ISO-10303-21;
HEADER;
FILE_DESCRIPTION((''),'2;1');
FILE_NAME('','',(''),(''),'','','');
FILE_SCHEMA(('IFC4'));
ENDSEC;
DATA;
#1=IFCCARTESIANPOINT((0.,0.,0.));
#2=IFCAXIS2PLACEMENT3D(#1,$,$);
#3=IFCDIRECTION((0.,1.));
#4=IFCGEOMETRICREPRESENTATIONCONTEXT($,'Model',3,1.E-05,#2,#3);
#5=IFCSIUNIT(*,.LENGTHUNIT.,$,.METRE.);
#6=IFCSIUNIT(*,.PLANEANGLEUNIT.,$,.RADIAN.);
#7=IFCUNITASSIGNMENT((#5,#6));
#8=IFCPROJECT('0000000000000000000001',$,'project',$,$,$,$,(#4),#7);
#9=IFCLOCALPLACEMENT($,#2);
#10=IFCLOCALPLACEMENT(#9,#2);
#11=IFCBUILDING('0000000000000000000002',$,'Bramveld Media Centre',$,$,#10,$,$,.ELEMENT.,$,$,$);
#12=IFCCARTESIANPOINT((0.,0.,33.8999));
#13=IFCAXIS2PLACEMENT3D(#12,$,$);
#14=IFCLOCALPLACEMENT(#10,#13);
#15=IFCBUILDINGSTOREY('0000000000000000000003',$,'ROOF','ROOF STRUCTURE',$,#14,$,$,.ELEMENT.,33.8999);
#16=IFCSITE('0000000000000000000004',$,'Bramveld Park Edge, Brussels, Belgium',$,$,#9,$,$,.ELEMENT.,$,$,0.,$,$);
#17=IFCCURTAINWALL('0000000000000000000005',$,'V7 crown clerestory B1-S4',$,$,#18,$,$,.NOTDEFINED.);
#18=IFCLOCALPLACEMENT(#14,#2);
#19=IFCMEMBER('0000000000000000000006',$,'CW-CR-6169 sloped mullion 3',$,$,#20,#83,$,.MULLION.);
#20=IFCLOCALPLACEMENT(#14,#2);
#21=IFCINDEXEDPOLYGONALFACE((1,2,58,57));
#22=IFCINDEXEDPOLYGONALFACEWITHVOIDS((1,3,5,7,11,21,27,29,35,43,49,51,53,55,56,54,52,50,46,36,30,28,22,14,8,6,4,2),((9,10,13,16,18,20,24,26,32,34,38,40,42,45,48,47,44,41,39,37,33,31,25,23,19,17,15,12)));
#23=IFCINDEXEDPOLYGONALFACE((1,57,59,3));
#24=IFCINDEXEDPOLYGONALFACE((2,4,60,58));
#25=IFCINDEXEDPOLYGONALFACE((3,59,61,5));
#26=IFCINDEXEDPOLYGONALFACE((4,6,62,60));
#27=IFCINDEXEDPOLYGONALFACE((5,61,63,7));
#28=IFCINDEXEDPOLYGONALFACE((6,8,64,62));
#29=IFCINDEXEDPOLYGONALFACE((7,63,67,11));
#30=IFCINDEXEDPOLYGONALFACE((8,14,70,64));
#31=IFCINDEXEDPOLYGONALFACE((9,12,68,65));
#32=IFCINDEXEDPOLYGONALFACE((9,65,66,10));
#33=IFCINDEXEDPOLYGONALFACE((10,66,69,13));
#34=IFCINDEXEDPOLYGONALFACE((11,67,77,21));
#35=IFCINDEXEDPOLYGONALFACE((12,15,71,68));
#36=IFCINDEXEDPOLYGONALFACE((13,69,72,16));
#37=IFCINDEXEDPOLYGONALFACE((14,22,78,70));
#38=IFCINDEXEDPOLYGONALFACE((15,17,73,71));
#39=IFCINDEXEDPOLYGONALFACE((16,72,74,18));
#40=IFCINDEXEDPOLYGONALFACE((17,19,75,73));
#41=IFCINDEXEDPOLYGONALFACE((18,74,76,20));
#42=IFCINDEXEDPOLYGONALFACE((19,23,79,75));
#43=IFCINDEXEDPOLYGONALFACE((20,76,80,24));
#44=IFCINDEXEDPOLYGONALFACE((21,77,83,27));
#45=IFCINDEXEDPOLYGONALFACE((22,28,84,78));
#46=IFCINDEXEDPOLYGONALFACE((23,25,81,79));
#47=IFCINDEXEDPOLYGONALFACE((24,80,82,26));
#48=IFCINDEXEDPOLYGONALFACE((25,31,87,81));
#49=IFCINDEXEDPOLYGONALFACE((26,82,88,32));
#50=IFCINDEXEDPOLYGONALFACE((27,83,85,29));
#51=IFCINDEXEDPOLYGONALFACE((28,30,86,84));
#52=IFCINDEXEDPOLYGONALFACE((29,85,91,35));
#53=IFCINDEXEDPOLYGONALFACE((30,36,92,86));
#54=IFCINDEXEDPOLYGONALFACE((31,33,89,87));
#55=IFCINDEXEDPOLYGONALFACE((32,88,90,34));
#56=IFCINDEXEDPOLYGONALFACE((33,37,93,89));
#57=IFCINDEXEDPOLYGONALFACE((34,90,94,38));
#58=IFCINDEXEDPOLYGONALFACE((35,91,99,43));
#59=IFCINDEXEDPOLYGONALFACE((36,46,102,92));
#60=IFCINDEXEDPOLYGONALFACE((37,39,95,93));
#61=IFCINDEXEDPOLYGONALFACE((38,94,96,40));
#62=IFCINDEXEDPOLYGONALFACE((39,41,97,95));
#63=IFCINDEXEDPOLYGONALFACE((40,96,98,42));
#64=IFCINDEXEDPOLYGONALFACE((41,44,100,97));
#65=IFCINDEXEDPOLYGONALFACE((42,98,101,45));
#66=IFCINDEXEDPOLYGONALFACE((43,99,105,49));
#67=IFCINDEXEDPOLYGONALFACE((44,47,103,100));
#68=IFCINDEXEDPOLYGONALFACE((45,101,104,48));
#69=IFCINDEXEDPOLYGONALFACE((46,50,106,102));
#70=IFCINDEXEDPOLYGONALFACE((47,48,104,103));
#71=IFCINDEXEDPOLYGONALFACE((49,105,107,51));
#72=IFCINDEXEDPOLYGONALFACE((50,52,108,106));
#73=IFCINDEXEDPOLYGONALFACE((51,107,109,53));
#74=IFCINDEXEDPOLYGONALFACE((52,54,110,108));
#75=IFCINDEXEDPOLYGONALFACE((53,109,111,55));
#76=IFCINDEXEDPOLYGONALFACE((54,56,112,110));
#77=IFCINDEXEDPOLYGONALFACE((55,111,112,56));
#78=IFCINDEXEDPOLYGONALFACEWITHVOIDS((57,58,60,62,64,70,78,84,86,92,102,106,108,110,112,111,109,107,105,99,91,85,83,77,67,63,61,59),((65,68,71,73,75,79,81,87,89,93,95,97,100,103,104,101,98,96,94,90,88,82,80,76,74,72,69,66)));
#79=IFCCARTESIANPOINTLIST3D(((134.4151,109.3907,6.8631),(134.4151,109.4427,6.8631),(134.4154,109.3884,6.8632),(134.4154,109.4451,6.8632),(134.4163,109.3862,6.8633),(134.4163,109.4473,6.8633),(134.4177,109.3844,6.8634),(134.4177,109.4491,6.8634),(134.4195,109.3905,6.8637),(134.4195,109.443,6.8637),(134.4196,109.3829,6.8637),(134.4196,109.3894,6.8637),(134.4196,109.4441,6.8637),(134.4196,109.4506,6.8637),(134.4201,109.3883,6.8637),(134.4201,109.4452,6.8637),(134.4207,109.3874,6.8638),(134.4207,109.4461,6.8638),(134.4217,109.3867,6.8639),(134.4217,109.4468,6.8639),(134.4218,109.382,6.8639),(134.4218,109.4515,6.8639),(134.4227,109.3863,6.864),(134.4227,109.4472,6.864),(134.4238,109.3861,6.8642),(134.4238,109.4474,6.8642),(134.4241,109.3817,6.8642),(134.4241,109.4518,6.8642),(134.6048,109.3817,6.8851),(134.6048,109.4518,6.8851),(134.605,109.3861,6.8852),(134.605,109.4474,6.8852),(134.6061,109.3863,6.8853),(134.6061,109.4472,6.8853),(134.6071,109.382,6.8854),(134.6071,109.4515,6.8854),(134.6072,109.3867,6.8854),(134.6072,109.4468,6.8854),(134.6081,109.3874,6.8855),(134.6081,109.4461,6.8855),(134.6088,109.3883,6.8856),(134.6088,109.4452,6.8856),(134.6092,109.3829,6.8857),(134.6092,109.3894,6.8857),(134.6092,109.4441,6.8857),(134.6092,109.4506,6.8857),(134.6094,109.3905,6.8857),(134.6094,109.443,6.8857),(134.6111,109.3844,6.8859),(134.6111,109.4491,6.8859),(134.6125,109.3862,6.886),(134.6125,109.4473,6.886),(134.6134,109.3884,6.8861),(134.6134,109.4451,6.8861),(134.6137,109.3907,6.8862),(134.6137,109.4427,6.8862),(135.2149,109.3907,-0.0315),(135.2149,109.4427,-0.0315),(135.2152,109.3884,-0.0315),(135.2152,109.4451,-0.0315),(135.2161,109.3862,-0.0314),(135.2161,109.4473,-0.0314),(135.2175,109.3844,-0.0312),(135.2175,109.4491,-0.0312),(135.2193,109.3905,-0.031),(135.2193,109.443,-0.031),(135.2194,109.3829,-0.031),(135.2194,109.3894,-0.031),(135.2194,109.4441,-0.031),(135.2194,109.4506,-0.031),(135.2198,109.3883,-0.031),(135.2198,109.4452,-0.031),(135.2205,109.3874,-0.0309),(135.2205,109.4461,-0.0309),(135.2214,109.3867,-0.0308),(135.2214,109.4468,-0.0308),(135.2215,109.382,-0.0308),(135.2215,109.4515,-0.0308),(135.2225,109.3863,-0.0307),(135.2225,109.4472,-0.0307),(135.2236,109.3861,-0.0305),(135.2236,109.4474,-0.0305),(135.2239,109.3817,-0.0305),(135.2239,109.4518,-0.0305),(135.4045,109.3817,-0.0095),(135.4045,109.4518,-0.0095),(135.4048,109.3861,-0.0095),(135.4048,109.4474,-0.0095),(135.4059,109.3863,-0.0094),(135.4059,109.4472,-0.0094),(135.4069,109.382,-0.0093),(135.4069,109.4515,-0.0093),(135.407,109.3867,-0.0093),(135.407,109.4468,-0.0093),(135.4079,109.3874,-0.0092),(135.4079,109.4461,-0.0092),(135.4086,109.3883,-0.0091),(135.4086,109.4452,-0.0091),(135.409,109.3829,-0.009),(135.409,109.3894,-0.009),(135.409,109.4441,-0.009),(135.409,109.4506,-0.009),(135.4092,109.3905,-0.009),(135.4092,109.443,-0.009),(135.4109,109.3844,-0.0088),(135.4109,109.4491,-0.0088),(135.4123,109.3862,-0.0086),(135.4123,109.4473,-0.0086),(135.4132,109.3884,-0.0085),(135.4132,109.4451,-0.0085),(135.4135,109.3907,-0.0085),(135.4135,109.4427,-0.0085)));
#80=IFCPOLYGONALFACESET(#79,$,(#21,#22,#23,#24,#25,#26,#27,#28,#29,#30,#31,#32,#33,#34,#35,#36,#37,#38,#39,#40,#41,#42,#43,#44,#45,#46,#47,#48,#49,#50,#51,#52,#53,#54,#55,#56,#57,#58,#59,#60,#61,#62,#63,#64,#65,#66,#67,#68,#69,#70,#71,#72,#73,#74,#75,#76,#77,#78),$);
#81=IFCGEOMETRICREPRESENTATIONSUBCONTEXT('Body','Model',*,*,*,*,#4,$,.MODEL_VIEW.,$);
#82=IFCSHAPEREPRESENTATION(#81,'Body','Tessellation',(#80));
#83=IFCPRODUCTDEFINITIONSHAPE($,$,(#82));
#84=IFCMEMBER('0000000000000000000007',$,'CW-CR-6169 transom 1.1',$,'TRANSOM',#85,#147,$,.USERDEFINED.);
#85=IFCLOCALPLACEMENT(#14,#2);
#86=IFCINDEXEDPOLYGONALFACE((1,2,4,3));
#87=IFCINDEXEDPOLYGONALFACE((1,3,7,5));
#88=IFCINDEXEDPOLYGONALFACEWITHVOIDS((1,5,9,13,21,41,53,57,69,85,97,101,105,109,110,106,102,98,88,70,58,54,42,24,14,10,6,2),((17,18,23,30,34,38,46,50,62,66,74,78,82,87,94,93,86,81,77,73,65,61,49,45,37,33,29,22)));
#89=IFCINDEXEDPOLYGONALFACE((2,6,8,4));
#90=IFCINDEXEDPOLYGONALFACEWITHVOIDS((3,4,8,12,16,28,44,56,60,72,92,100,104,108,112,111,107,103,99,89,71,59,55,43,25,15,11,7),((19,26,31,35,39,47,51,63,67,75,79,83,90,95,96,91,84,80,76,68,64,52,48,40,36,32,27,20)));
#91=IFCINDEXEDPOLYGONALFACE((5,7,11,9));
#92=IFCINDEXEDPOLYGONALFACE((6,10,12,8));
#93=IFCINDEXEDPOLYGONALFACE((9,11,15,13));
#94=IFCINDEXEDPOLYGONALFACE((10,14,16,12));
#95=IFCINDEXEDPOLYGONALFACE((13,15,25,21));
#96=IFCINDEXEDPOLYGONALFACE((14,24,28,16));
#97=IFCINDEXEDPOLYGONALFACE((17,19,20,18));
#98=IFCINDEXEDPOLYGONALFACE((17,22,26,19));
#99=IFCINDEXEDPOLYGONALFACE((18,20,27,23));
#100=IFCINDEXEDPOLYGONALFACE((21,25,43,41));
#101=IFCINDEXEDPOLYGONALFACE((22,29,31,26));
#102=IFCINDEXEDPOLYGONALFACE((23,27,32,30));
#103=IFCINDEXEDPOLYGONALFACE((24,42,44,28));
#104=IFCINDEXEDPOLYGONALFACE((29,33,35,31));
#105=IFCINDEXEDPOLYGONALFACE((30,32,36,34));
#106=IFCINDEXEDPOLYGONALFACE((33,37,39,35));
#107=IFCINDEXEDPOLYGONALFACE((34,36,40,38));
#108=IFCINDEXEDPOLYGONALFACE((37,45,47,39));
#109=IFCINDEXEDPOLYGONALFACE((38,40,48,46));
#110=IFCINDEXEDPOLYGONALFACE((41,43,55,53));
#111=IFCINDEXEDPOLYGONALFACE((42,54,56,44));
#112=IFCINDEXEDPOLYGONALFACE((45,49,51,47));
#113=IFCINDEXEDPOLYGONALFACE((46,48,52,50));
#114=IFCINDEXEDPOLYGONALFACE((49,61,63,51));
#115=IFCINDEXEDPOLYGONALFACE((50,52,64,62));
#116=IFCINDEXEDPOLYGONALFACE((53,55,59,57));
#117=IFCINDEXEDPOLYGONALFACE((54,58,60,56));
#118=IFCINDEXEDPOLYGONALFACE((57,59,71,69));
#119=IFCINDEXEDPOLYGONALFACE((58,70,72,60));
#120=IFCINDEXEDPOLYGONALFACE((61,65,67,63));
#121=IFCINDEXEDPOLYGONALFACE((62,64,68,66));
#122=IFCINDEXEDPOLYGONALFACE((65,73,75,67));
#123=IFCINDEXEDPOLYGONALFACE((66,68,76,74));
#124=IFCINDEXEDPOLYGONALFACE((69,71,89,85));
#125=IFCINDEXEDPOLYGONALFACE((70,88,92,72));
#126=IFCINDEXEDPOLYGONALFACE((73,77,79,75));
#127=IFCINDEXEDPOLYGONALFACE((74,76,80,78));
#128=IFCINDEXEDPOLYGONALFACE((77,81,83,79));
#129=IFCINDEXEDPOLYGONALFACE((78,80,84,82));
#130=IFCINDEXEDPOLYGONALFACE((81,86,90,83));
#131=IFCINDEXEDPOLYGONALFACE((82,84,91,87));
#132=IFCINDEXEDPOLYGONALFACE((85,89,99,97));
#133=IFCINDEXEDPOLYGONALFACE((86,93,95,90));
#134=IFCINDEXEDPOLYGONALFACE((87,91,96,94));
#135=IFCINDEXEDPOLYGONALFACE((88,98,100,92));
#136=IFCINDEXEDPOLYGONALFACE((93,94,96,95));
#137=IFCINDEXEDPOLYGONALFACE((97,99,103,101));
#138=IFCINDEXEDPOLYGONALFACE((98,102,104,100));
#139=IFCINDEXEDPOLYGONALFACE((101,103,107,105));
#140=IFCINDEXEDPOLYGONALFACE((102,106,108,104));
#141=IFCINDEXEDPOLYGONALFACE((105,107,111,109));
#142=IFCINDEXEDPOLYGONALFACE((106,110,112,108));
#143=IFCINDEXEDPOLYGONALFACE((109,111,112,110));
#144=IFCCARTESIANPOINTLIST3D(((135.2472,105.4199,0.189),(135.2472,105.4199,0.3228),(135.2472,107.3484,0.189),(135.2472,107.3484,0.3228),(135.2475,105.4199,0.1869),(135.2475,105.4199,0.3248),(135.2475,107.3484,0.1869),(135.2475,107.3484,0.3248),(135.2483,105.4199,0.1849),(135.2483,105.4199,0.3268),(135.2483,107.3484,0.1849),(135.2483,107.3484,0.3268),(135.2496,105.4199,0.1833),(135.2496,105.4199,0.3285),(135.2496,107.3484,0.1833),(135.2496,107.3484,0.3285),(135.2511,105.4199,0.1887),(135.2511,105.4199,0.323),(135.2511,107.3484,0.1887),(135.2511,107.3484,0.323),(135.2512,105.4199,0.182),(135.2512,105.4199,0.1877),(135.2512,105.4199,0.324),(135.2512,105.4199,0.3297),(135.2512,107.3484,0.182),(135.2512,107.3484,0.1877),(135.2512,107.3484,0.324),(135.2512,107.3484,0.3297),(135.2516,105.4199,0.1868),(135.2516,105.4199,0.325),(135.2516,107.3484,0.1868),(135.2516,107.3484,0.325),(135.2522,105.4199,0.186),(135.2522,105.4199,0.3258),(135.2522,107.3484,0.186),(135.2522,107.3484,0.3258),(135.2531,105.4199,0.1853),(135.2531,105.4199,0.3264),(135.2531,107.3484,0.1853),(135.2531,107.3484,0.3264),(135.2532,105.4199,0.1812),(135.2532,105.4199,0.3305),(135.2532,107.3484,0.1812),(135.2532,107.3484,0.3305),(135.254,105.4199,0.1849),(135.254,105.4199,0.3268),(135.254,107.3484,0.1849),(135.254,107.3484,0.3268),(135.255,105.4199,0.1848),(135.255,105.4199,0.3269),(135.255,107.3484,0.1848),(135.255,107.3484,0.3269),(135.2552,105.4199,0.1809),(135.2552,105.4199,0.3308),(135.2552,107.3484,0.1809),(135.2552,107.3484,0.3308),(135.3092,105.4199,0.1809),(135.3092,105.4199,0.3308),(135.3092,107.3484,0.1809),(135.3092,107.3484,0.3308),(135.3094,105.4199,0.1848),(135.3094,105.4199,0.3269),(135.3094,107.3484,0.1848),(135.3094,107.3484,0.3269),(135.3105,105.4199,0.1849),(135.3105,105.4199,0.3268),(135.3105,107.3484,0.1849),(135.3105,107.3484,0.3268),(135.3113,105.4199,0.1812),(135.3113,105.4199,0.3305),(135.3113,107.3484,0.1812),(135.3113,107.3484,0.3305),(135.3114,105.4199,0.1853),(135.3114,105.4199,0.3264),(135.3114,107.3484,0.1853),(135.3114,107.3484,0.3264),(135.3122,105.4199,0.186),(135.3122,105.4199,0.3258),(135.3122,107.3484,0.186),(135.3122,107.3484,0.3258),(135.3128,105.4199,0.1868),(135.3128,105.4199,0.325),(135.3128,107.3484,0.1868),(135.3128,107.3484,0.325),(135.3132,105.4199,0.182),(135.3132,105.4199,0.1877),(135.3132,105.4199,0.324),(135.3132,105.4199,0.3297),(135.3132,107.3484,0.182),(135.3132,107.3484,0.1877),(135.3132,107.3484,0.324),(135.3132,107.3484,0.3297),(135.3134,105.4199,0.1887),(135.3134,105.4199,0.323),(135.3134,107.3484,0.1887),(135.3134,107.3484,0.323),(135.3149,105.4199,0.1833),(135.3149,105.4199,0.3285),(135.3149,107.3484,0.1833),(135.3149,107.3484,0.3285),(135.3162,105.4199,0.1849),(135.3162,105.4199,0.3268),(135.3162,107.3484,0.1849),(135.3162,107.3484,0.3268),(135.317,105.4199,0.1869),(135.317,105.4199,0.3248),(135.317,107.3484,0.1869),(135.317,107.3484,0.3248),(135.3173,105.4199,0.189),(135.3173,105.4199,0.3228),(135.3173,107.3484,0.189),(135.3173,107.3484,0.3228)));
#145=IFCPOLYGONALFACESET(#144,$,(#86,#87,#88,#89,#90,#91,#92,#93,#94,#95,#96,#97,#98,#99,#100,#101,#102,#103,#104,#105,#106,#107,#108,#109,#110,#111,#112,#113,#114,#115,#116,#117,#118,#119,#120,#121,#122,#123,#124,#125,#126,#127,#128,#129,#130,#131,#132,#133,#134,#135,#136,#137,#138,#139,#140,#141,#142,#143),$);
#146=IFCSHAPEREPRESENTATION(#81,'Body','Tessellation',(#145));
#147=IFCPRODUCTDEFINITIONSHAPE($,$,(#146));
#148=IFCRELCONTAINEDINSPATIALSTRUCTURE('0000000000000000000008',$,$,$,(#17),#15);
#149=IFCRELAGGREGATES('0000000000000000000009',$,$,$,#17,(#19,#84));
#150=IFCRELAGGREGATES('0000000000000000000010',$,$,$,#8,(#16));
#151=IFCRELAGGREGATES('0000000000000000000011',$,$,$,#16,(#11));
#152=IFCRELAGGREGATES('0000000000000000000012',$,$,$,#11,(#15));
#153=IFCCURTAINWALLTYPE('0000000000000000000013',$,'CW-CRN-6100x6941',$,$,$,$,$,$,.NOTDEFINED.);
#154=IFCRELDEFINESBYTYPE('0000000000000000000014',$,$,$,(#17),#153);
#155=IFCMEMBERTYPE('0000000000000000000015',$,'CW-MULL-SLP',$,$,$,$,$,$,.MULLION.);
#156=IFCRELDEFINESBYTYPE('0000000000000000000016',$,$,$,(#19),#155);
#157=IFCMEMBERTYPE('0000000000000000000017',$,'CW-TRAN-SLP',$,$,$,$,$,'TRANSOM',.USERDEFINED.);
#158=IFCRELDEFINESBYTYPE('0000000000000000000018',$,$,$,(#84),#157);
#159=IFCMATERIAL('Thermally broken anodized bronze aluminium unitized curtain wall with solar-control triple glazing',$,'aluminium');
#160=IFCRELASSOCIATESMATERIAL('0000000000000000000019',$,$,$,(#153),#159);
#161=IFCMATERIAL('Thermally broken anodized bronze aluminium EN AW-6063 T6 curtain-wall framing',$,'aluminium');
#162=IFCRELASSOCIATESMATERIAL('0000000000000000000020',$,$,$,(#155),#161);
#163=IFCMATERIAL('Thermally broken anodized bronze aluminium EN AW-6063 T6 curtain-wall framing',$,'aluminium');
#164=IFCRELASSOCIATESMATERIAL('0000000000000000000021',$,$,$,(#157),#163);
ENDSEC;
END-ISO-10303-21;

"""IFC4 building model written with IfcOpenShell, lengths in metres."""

from ifc_helpers import new_model, si_unit, direction, frame, origin, origin_2d, place, context, subcontext, project, spatial, hollow_rectangle, extrude, material, material_profile, profile_set, type_object, element, aggregate, save


model = new_model("IFC4")

# Units and contexts
model_context = context("Model", 3, precision=1e-05, world=origin(), true_north=direction((0.0, 1.0)))
body_context = subcontext(model_context, "Body", "Model", "MODEL_VIEW")
ifc_project = project(units=[si_unit("LENGTHUNIT", "METRE"), si_unit("PLANEANGLEUNIT", "RADIAN")], contexts=[model_context])

# Site, building, storey
site_placement = place(None, origin())
site = spatial("IfcSite", under=ifc_project, at=site_placement, Name="Bramveld Park Edge, Brussels, Belgium", CompositionType="ELEMENT", RefElevation=0.0)
building_placement = place(site_placement, origin())
building = spatial("IfcBuilding", under=site, at=building_placement, Name="Bramveld Media Centre", CompositionType="ELEMENT")
storey_placement = place(building_placement, frame((0.0, 0.0, 33.8999)))
storey = spatial("IfcBuildingStorey", under=building, at=storey_placement, Name="ROOF", Description="ROOF STRUCTURE", CompositionType="ELEMENT", Elevation=33.8999)

# Curtain wall, members
ifc_material_1 = material(Name="Thermally broken anodized bronze aluminium unitized curtain wall with solar-control triple glazing", Category="aluminium")
curtain_wall_type = type_object("IfcCurtainWallType", Name="CW-CRN-6100x6941", PredefinedType="NOTDEFINED", material=ifc_material_1)
curtain_wall_placement = place(storey_placement, origin())
curtain_wall = element("IfcCurtainWall", 1, at=curtain_wall_placement, inside=storey, type_object=curtain_wall_type, Name="V7 crown clerestory B1-S4", PredefinedType="NOTDEFINED")
ifc_material_2 = material(Name="Thermally broken anodized bronze aluminium EN AW-6063 T6 curtain-wall framing", Category="aluminium")
ifc_material_profile_1 = material_profile(ifc_material_2, hollow_rectangle(XDim=0.0701, YDim=0.2, WallThickness=0.0044, InnerFilletRadius=0.0044, OuterFilletRadius=0.009, at=origin_2d()), Name="AL-MULL 70x200")
ifc_profile_set_1 = profile_set([ifc_material_profile_1], Name="Thermally broken anodized bronze aluminium EN AW-6063 T6 curtain-wall framing")
member_type_1 = type_object("IfcMemberType", Name="CW-MULL-SLP", PredefinedType="MULLION", material=ifc_profile_set_1)
member_1_placement = place(storey_placement, frame((135.3142, 109.4167, -0.02), z_axis=(-0.115229, 0.0, 0.993339), x_axis=(0.0, -1.0, 0.0)))
member_1 = element("IfcMember", 2, at=member_1_placement, type_object=member_type_1, Name="CW-CR-6169 sloped mullion 3", PredefinedType="MULLION", context=body_context, shape_type="SweptSolid", body=[
    extrude(hollow_rectangle(XDim=0.0701, YDim=0.2, WallThickness=0.0044, InnerFilletRadius=0.0044, OuterFilletRadius=0.009, at=origin_2d()), origin(), (0.0, 0.0, 1.0), 6.9409),
])
ifc_material_3 = material(Name="Thermally broken anodized bronze aluminium EN AW-6063 T6 curtain-wall framing", Category="aluminium")
ifc_material_profile_2 = material_profile(ifc_material_3, hollow_rectangle(XDim=0.0701, YDim=0.1499, WallThickness=0.0039, InnerFilletRadius=0.0039, OuterFilletRadius=0.0081, at=origin_2d()), Name="AL-TRAN 70x150")
ifc_profile_set_2 = profile_set([ifc_material_profile_2], Name="Thermally broken anodized bronze aluminium EN AW-6063 T6 curtain-wall framing")
member_type_2 = type_object("IfcMemberType", Name="CW-TRAN-SLP", ElementType="TRANSOM", PredefinedType="USERDEFINED", material=ifc_profile_set_2)
member_2_placement = place(storey_placement, frame((135.2822, 105.4199, 0.2559), z_axis=(0.0, 1.0, 0.0), x_axis=(-1.0, 0.0, 0.0)))
member_2 = element("IfcMember", 3, at=member_2_placement, type_object=member_type_2, Name="CW-CR-6169 transom 1.1", ObjectType="TRANSOM", PredefinedType="USERDEFINED", context=body_context, shape_type="SweptSolid", body=[
    extrude(hollow_rectangle(XDim=0.0701, YDim=0.1499, WallThickness=0.0039, InnerFilletRadius=0.0039, OuterFilletRadius=0.0081, at=origin_2d()), origin(), (0.0, 0.0, 1.0), 1.9285),
])

aggregate(curtain_wall, [member_1, member_2])

save(model, "model.ifc")
